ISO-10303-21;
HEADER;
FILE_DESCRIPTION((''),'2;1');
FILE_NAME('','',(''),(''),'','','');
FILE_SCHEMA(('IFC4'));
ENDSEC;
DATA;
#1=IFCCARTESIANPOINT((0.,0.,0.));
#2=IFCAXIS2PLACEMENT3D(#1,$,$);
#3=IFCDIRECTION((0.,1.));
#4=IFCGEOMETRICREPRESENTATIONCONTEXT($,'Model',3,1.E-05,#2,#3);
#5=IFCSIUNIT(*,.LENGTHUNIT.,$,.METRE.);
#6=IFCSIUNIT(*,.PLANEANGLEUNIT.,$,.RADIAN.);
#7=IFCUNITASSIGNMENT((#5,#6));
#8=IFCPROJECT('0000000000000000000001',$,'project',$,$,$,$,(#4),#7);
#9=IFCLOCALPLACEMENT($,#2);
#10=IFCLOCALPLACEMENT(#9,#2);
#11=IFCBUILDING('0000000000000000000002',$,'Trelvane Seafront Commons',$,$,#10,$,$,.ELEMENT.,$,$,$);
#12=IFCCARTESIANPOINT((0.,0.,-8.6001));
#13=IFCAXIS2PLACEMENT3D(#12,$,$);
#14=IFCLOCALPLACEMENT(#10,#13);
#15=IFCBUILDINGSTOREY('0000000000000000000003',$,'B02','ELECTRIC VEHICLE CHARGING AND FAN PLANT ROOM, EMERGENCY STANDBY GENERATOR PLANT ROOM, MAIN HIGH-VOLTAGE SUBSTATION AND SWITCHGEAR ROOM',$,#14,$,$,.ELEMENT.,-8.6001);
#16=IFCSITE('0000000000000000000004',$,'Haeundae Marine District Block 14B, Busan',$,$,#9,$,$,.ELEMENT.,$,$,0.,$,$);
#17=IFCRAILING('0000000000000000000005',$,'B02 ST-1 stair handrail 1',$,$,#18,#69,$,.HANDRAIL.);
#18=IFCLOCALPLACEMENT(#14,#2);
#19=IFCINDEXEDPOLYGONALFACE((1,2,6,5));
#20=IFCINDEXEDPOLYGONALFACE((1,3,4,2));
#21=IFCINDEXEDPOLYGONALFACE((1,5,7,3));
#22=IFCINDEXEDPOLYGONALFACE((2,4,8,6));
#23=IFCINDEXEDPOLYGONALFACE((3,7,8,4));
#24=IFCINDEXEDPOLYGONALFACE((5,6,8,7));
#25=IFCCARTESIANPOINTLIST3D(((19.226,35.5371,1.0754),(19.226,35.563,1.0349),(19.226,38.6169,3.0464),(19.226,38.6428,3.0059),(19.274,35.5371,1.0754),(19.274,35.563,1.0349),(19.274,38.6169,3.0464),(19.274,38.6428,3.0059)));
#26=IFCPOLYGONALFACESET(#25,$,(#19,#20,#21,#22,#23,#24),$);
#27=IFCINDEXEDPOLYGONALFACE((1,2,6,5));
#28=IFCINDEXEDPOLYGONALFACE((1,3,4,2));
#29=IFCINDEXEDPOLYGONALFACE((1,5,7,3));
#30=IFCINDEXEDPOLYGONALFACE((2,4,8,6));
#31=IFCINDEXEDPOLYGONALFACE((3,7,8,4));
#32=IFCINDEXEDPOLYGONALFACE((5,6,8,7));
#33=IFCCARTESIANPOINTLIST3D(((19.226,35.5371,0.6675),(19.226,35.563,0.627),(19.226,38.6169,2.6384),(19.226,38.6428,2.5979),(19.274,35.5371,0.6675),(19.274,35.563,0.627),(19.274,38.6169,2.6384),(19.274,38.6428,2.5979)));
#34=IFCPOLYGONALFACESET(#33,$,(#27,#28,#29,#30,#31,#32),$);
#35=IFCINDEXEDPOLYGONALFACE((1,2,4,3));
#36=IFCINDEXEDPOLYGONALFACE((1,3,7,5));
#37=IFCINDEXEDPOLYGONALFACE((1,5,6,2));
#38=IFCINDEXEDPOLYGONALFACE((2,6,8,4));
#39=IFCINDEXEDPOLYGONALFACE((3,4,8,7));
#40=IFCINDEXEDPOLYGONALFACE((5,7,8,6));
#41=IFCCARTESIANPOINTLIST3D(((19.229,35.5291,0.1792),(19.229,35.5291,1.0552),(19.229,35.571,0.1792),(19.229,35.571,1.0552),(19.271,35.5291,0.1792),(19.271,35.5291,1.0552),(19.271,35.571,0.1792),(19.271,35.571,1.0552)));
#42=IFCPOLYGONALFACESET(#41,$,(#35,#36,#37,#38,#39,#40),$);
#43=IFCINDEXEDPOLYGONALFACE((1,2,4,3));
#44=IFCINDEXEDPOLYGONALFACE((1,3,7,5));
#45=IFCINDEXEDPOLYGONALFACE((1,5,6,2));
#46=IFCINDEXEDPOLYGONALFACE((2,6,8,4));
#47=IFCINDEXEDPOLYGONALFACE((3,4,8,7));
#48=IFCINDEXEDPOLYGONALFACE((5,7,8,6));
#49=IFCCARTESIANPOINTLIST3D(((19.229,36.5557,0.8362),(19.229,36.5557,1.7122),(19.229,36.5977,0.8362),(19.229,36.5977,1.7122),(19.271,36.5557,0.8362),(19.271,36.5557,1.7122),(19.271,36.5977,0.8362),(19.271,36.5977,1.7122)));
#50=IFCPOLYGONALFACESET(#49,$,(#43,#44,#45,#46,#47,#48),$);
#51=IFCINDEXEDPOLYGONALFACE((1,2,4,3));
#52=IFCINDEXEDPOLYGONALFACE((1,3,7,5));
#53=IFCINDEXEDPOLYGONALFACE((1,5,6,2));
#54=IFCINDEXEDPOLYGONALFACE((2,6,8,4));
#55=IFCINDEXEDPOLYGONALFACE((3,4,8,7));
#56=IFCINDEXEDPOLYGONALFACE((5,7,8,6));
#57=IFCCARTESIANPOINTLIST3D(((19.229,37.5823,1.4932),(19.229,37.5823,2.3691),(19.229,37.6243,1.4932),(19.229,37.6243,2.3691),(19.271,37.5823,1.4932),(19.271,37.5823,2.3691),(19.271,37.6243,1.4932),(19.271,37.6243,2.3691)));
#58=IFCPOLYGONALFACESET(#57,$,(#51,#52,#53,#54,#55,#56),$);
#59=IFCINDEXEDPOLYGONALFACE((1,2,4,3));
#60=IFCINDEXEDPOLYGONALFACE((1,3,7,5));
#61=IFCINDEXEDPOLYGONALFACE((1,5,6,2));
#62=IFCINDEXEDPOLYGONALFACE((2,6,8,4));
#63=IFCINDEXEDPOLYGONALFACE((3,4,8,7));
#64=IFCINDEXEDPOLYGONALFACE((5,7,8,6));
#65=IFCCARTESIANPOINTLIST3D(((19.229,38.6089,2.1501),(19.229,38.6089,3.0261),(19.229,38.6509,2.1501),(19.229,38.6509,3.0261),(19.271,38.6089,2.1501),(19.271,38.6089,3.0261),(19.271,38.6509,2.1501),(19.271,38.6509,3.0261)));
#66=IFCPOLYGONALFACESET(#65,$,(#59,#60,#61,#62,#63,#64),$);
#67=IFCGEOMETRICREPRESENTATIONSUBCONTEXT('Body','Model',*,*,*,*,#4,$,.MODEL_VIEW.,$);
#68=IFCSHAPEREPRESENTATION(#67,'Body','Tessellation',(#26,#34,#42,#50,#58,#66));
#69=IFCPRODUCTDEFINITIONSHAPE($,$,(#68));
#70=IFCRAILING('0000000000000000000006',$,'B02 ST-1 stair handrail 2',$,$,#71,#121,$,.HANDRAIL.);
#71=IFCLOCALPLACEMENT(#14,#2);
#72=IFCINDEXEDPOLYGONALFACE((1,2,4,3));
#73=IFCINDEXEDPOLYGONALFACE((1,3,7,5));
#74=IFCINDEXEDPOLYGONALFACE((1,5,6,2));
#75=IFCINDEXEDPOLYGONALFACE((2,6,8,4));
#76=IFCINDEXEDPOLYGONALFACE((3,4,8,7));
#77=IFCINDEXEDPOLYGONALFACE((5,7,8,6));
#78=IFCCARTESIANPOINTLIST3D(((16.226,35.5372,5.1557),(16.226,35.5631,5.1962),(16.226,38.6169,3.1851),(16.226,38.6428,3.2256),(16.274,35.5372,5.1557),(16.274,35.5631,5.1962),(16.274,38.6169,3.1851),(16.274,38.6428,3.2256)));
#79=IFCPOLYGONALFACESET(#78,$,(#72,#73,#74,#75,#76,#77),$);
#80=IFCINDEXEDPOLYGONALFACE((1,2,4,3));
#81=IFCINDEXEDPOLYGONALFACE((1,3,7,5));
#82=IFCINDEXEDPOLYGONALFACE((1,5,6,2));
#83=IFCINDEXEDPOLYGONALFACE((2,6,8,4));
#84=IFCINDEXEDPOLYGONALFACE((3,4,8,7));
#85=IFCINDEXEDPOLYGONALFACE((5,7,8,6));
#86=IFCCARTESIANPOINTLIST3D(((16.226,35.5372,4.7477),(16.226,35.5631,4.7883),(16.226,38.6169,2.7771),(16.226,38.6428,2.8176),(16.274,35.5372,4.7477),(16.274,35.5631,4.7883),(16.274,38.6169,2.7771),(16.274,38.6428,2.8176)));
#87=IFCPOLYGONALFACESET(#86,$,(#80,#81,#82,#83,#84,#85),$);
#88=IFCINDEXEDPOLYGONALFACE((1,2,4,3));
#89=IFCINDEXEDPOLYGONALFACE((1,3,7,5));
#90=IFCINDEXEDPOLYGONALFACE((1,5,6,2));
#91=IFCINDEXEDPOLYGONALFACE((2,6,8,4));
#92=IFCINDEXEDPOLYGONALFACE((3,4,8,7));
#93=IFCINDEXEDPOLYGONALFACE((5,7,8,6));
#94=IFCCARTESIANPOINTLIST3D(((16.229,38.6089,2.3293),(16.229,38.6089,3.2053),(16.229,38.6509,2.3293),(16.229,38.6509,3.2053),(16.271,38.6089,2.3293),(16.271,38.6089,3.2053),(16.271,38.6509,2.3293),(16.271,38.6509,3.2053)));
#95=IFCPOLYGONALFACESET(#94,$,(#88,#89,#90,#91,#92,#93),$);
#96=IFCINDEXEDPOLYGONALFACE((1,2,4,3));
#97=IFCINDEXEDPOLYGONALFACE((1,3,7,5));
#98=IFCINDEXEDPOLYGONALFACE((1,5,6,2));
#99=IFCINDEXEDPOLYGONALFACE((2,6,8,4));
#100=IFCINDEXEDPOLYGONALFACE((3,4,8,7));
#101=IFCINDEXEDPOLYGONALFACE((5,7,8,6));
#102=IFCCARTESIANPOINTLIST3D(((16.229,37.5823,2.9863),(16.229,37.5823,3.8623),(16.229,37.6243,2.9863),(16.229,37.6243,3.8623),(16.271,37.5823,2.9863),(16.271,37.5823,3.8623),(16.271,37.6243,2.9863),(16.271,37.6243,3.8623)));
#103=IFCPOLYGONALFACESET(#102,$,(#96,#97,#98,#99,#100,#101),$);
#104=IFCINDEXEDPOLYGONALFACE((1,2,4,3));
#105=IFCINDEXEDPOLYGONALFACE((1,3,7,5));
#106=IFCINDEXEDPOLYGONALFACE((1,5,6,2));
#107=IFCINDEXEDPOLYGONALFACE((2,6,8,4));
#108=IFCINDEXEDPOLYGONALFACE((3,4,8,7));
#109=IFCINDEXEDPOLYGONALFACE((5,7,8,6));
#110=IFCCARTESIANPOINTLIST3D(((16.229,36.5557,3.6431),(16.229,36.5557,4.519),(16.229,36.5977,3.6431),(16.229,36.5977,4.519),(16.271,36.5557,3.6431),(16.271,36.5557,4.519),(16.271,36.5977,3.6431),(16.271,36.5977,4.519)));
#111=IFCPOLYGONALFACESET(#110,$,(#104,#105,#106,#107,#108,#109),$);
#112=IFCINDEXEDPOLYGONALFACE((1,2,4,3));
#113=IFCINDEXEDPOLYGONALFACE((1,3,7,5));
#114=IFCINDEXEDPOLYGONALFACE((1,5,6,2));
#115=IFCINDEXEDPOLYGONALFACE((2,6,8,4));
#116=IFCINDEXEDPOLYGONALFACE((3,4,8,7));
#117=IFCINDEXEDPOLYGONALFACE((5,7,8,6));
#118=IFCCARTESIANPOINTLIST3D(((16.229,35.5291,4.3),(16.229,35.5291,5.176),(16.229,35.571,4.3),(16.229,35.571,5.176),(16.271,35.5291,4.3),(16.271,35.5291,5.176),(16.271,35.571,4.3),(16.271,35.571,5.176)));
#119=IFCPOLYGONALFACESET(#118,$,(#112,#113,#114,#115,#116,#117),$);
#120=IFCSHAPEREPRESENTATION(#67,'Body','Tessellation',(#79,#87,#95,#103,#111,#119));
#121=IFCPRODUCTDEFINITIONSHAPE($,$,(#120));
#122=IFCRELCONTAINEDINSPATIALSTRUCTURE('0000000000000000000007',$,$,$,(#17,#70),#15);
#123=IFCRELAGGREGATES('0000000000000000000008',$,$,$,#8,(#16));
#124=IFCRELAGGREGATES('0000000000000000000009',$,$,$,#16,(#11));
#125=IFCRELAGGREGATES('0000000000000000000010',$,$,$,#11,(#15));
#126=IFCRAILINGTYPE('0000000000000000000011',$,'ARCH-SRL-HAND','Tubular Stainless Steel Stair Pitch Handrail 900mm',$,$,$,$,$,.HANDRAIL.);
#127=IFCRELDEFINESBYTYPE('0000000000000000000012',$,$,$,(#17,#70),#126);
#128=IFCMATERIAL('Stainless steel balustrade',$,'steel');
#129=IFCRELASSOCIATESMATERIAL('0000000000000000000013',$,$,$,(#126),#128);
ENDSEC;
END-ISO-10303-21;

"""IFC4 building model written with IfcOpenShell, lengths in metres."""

from ifc_helpers import new_model, si_unit, direction, frame, origin, origin_2d, place, context, subcontext, project, spatial, rectangle, extrude, material, type_object, element, save


model = new_model("IFC4")

# Units and contexts
model_context = context("Model", 3, precision=1e-05, world=origin(), true_north=direction((0.0, 1.0)))
body_context = subcontext(model_context, "Body", "Model", "MODEL_VIEW")
ifc_project = project(units=[si_unit("LENGTHUNIT", "METRE"), si_unit("PLANEANGLEUNIT", "RADIAN")], contexts=[model_context])

# Site, building, storey
site_placement = place(None, origin())
site = spatial("IfcSite", under=ifc_project, at=site_placement, Name="Haeundae Marine District Block 14B, Busan", CompositionType="ELEMENT", RefElevation=0.0)
building_placement = place(site_placement, origin())
building = spatial("IfcBuilding", under=site, at=building_placement, Name="Trelvane Seafront Commons", CompositionType="ELEMENT")
storey_placement = place(building_placement, frame((0.0, 0.0, -8.6001)))
storey = spatial("IfcBuildingStorey", under=building, at=storey_placement, Name="B02", Description="ELECTRIC VEHICLE CHARGING AND FAN PLANT ROOM, EMERGENCY STANDBY GENERATOR PLANT ROOM, MAIN HIGH-VOLTAGE SUBSTATION AND SWITCHGEAR ROOM", CompositionType="ELEMENT", Elevation=-8.6001)

# Shared definitions
ifc_material_1 = material(Name="Stainless steel balustrade", Category="steel")

# Railings
railing_type_1 = type_object("IfcRailingType", Name="ARCH-SRL-HAND", Description="Tubular Stainless Steel Stair Pitch Handrail 900mm", PredefinedType="HANDRAIL", material=ifc_material_1)
railing_1_placement = place(storey_placement, frame((19.25, 35.55, 0.1792)))
element("IfcRailing", 1, at=railing_1_placement, inside=storey, type_object=railing_type_1, Name="B02 ST-1 stair handrail 1", PredefinedType="HANDRAIL", context=body_context, shape_type="SweptSolid", body=[
    extrude(rectangle(XDim=0.0481, YDim=0.0481, at=origin_2d()), frame((0.0, 0.0, 0.876), z_axis=(0.0, 0.84229, 0.539025), x_axis=(-1.0, 0.0, 0.0)), (0.0, 0.0, 1.0), 3.6565),
    extrude(rectangle(XDim=0.0481, YDim=0.0481, at=origin_2d()), frame((0.0, 0.0, 0.468), z_axis=(0.0, 0.84229, 0.539025), x_axis=(-1.0, 0.0, 0.0)), (0.0, 0.0, 1.0), 3.6565),
    extrude(rectangle(XDim=0.042, YDim=0.042, at=origin_2d()), origin(), (0.0, 0.0, 1.0), 0.876),
    extrude(rectangle(XDim=0.042, YDim=0.042, at=origin_2d()), frame((0.0, 1.0266, 0.657)), (0.0, 0.0, 1.0), 0.876),
    extrude(rectangle(XDim=0.042, YDim=0.042, at=origin_2d()), frame((0.0, 2.0532, 1.314)), (0.0, 0.0, 1.0), 0.876),
    extrude(rectangle(XDim=0.042, YDim=0.042, at=origin_2d()), frame((0.0, 3.0798, 1.9709)), (0.0, 0.0, 1.0), 0.876),
])
railing_2_placement = place(storey_placement, frame((16.25, 38.6299, 2.3293)))
element("IfcRailing", 2, at=railing_2_placement, inside=storey, type_object=railing_type_1, Name="B02 ST-1 stair handrail 2", PredefinedType="HANDRAIL", context=body_context, shape_type="SweptSolid", body=[
    extrude(rectangle(XDim=0.0481, YDim=0.0481, at=origin_2d()), frame((0.0, 0.0, 0.876), z_axis=(0.0, -0.84232, 0.538978), x_axis=(1.0, 0.0, 0.0)), (0.0, 0.0, 1.0), 3.6562),
    extrude(rectangle(XDim=0.0481, YDim=0.0481, at=origin_2d()), frame((0.0, 0.0, 0.468), z_axis=(0.0, -0.84232, 0.538978), x_axis=(1.0, 0.0, 0.0)), (0.0, 0.0, 1.0), 3.6562),
    extrude(rectangle(XDim=0.042, YDim=0.042, at=origin_2d()), origin(), (0.0, 0.0, 1.0), 0.876),
    extrude(rectangle(XDim=0.042, YDim=0.042, at=origin_2d()), frame((0.0, -1.0266, 0.657)), (0.0, 0.0, 1.0), 0.876),
    extrude(rectangle(XDim=0.042, YDim=0.042, at=origin_2d()), frame((0.0, -2.0532, 1.3137)), (0.0, 0.0, 1.0), 0.876),
    extrude(rectangle(XDim=0.042, YDim=0.042, at=origin_2d()), frame((0.0, -3.0798, 1.9707)), (0.0, 0.0, 1.0), 0.876),
])

save(model, "model.ifc")
